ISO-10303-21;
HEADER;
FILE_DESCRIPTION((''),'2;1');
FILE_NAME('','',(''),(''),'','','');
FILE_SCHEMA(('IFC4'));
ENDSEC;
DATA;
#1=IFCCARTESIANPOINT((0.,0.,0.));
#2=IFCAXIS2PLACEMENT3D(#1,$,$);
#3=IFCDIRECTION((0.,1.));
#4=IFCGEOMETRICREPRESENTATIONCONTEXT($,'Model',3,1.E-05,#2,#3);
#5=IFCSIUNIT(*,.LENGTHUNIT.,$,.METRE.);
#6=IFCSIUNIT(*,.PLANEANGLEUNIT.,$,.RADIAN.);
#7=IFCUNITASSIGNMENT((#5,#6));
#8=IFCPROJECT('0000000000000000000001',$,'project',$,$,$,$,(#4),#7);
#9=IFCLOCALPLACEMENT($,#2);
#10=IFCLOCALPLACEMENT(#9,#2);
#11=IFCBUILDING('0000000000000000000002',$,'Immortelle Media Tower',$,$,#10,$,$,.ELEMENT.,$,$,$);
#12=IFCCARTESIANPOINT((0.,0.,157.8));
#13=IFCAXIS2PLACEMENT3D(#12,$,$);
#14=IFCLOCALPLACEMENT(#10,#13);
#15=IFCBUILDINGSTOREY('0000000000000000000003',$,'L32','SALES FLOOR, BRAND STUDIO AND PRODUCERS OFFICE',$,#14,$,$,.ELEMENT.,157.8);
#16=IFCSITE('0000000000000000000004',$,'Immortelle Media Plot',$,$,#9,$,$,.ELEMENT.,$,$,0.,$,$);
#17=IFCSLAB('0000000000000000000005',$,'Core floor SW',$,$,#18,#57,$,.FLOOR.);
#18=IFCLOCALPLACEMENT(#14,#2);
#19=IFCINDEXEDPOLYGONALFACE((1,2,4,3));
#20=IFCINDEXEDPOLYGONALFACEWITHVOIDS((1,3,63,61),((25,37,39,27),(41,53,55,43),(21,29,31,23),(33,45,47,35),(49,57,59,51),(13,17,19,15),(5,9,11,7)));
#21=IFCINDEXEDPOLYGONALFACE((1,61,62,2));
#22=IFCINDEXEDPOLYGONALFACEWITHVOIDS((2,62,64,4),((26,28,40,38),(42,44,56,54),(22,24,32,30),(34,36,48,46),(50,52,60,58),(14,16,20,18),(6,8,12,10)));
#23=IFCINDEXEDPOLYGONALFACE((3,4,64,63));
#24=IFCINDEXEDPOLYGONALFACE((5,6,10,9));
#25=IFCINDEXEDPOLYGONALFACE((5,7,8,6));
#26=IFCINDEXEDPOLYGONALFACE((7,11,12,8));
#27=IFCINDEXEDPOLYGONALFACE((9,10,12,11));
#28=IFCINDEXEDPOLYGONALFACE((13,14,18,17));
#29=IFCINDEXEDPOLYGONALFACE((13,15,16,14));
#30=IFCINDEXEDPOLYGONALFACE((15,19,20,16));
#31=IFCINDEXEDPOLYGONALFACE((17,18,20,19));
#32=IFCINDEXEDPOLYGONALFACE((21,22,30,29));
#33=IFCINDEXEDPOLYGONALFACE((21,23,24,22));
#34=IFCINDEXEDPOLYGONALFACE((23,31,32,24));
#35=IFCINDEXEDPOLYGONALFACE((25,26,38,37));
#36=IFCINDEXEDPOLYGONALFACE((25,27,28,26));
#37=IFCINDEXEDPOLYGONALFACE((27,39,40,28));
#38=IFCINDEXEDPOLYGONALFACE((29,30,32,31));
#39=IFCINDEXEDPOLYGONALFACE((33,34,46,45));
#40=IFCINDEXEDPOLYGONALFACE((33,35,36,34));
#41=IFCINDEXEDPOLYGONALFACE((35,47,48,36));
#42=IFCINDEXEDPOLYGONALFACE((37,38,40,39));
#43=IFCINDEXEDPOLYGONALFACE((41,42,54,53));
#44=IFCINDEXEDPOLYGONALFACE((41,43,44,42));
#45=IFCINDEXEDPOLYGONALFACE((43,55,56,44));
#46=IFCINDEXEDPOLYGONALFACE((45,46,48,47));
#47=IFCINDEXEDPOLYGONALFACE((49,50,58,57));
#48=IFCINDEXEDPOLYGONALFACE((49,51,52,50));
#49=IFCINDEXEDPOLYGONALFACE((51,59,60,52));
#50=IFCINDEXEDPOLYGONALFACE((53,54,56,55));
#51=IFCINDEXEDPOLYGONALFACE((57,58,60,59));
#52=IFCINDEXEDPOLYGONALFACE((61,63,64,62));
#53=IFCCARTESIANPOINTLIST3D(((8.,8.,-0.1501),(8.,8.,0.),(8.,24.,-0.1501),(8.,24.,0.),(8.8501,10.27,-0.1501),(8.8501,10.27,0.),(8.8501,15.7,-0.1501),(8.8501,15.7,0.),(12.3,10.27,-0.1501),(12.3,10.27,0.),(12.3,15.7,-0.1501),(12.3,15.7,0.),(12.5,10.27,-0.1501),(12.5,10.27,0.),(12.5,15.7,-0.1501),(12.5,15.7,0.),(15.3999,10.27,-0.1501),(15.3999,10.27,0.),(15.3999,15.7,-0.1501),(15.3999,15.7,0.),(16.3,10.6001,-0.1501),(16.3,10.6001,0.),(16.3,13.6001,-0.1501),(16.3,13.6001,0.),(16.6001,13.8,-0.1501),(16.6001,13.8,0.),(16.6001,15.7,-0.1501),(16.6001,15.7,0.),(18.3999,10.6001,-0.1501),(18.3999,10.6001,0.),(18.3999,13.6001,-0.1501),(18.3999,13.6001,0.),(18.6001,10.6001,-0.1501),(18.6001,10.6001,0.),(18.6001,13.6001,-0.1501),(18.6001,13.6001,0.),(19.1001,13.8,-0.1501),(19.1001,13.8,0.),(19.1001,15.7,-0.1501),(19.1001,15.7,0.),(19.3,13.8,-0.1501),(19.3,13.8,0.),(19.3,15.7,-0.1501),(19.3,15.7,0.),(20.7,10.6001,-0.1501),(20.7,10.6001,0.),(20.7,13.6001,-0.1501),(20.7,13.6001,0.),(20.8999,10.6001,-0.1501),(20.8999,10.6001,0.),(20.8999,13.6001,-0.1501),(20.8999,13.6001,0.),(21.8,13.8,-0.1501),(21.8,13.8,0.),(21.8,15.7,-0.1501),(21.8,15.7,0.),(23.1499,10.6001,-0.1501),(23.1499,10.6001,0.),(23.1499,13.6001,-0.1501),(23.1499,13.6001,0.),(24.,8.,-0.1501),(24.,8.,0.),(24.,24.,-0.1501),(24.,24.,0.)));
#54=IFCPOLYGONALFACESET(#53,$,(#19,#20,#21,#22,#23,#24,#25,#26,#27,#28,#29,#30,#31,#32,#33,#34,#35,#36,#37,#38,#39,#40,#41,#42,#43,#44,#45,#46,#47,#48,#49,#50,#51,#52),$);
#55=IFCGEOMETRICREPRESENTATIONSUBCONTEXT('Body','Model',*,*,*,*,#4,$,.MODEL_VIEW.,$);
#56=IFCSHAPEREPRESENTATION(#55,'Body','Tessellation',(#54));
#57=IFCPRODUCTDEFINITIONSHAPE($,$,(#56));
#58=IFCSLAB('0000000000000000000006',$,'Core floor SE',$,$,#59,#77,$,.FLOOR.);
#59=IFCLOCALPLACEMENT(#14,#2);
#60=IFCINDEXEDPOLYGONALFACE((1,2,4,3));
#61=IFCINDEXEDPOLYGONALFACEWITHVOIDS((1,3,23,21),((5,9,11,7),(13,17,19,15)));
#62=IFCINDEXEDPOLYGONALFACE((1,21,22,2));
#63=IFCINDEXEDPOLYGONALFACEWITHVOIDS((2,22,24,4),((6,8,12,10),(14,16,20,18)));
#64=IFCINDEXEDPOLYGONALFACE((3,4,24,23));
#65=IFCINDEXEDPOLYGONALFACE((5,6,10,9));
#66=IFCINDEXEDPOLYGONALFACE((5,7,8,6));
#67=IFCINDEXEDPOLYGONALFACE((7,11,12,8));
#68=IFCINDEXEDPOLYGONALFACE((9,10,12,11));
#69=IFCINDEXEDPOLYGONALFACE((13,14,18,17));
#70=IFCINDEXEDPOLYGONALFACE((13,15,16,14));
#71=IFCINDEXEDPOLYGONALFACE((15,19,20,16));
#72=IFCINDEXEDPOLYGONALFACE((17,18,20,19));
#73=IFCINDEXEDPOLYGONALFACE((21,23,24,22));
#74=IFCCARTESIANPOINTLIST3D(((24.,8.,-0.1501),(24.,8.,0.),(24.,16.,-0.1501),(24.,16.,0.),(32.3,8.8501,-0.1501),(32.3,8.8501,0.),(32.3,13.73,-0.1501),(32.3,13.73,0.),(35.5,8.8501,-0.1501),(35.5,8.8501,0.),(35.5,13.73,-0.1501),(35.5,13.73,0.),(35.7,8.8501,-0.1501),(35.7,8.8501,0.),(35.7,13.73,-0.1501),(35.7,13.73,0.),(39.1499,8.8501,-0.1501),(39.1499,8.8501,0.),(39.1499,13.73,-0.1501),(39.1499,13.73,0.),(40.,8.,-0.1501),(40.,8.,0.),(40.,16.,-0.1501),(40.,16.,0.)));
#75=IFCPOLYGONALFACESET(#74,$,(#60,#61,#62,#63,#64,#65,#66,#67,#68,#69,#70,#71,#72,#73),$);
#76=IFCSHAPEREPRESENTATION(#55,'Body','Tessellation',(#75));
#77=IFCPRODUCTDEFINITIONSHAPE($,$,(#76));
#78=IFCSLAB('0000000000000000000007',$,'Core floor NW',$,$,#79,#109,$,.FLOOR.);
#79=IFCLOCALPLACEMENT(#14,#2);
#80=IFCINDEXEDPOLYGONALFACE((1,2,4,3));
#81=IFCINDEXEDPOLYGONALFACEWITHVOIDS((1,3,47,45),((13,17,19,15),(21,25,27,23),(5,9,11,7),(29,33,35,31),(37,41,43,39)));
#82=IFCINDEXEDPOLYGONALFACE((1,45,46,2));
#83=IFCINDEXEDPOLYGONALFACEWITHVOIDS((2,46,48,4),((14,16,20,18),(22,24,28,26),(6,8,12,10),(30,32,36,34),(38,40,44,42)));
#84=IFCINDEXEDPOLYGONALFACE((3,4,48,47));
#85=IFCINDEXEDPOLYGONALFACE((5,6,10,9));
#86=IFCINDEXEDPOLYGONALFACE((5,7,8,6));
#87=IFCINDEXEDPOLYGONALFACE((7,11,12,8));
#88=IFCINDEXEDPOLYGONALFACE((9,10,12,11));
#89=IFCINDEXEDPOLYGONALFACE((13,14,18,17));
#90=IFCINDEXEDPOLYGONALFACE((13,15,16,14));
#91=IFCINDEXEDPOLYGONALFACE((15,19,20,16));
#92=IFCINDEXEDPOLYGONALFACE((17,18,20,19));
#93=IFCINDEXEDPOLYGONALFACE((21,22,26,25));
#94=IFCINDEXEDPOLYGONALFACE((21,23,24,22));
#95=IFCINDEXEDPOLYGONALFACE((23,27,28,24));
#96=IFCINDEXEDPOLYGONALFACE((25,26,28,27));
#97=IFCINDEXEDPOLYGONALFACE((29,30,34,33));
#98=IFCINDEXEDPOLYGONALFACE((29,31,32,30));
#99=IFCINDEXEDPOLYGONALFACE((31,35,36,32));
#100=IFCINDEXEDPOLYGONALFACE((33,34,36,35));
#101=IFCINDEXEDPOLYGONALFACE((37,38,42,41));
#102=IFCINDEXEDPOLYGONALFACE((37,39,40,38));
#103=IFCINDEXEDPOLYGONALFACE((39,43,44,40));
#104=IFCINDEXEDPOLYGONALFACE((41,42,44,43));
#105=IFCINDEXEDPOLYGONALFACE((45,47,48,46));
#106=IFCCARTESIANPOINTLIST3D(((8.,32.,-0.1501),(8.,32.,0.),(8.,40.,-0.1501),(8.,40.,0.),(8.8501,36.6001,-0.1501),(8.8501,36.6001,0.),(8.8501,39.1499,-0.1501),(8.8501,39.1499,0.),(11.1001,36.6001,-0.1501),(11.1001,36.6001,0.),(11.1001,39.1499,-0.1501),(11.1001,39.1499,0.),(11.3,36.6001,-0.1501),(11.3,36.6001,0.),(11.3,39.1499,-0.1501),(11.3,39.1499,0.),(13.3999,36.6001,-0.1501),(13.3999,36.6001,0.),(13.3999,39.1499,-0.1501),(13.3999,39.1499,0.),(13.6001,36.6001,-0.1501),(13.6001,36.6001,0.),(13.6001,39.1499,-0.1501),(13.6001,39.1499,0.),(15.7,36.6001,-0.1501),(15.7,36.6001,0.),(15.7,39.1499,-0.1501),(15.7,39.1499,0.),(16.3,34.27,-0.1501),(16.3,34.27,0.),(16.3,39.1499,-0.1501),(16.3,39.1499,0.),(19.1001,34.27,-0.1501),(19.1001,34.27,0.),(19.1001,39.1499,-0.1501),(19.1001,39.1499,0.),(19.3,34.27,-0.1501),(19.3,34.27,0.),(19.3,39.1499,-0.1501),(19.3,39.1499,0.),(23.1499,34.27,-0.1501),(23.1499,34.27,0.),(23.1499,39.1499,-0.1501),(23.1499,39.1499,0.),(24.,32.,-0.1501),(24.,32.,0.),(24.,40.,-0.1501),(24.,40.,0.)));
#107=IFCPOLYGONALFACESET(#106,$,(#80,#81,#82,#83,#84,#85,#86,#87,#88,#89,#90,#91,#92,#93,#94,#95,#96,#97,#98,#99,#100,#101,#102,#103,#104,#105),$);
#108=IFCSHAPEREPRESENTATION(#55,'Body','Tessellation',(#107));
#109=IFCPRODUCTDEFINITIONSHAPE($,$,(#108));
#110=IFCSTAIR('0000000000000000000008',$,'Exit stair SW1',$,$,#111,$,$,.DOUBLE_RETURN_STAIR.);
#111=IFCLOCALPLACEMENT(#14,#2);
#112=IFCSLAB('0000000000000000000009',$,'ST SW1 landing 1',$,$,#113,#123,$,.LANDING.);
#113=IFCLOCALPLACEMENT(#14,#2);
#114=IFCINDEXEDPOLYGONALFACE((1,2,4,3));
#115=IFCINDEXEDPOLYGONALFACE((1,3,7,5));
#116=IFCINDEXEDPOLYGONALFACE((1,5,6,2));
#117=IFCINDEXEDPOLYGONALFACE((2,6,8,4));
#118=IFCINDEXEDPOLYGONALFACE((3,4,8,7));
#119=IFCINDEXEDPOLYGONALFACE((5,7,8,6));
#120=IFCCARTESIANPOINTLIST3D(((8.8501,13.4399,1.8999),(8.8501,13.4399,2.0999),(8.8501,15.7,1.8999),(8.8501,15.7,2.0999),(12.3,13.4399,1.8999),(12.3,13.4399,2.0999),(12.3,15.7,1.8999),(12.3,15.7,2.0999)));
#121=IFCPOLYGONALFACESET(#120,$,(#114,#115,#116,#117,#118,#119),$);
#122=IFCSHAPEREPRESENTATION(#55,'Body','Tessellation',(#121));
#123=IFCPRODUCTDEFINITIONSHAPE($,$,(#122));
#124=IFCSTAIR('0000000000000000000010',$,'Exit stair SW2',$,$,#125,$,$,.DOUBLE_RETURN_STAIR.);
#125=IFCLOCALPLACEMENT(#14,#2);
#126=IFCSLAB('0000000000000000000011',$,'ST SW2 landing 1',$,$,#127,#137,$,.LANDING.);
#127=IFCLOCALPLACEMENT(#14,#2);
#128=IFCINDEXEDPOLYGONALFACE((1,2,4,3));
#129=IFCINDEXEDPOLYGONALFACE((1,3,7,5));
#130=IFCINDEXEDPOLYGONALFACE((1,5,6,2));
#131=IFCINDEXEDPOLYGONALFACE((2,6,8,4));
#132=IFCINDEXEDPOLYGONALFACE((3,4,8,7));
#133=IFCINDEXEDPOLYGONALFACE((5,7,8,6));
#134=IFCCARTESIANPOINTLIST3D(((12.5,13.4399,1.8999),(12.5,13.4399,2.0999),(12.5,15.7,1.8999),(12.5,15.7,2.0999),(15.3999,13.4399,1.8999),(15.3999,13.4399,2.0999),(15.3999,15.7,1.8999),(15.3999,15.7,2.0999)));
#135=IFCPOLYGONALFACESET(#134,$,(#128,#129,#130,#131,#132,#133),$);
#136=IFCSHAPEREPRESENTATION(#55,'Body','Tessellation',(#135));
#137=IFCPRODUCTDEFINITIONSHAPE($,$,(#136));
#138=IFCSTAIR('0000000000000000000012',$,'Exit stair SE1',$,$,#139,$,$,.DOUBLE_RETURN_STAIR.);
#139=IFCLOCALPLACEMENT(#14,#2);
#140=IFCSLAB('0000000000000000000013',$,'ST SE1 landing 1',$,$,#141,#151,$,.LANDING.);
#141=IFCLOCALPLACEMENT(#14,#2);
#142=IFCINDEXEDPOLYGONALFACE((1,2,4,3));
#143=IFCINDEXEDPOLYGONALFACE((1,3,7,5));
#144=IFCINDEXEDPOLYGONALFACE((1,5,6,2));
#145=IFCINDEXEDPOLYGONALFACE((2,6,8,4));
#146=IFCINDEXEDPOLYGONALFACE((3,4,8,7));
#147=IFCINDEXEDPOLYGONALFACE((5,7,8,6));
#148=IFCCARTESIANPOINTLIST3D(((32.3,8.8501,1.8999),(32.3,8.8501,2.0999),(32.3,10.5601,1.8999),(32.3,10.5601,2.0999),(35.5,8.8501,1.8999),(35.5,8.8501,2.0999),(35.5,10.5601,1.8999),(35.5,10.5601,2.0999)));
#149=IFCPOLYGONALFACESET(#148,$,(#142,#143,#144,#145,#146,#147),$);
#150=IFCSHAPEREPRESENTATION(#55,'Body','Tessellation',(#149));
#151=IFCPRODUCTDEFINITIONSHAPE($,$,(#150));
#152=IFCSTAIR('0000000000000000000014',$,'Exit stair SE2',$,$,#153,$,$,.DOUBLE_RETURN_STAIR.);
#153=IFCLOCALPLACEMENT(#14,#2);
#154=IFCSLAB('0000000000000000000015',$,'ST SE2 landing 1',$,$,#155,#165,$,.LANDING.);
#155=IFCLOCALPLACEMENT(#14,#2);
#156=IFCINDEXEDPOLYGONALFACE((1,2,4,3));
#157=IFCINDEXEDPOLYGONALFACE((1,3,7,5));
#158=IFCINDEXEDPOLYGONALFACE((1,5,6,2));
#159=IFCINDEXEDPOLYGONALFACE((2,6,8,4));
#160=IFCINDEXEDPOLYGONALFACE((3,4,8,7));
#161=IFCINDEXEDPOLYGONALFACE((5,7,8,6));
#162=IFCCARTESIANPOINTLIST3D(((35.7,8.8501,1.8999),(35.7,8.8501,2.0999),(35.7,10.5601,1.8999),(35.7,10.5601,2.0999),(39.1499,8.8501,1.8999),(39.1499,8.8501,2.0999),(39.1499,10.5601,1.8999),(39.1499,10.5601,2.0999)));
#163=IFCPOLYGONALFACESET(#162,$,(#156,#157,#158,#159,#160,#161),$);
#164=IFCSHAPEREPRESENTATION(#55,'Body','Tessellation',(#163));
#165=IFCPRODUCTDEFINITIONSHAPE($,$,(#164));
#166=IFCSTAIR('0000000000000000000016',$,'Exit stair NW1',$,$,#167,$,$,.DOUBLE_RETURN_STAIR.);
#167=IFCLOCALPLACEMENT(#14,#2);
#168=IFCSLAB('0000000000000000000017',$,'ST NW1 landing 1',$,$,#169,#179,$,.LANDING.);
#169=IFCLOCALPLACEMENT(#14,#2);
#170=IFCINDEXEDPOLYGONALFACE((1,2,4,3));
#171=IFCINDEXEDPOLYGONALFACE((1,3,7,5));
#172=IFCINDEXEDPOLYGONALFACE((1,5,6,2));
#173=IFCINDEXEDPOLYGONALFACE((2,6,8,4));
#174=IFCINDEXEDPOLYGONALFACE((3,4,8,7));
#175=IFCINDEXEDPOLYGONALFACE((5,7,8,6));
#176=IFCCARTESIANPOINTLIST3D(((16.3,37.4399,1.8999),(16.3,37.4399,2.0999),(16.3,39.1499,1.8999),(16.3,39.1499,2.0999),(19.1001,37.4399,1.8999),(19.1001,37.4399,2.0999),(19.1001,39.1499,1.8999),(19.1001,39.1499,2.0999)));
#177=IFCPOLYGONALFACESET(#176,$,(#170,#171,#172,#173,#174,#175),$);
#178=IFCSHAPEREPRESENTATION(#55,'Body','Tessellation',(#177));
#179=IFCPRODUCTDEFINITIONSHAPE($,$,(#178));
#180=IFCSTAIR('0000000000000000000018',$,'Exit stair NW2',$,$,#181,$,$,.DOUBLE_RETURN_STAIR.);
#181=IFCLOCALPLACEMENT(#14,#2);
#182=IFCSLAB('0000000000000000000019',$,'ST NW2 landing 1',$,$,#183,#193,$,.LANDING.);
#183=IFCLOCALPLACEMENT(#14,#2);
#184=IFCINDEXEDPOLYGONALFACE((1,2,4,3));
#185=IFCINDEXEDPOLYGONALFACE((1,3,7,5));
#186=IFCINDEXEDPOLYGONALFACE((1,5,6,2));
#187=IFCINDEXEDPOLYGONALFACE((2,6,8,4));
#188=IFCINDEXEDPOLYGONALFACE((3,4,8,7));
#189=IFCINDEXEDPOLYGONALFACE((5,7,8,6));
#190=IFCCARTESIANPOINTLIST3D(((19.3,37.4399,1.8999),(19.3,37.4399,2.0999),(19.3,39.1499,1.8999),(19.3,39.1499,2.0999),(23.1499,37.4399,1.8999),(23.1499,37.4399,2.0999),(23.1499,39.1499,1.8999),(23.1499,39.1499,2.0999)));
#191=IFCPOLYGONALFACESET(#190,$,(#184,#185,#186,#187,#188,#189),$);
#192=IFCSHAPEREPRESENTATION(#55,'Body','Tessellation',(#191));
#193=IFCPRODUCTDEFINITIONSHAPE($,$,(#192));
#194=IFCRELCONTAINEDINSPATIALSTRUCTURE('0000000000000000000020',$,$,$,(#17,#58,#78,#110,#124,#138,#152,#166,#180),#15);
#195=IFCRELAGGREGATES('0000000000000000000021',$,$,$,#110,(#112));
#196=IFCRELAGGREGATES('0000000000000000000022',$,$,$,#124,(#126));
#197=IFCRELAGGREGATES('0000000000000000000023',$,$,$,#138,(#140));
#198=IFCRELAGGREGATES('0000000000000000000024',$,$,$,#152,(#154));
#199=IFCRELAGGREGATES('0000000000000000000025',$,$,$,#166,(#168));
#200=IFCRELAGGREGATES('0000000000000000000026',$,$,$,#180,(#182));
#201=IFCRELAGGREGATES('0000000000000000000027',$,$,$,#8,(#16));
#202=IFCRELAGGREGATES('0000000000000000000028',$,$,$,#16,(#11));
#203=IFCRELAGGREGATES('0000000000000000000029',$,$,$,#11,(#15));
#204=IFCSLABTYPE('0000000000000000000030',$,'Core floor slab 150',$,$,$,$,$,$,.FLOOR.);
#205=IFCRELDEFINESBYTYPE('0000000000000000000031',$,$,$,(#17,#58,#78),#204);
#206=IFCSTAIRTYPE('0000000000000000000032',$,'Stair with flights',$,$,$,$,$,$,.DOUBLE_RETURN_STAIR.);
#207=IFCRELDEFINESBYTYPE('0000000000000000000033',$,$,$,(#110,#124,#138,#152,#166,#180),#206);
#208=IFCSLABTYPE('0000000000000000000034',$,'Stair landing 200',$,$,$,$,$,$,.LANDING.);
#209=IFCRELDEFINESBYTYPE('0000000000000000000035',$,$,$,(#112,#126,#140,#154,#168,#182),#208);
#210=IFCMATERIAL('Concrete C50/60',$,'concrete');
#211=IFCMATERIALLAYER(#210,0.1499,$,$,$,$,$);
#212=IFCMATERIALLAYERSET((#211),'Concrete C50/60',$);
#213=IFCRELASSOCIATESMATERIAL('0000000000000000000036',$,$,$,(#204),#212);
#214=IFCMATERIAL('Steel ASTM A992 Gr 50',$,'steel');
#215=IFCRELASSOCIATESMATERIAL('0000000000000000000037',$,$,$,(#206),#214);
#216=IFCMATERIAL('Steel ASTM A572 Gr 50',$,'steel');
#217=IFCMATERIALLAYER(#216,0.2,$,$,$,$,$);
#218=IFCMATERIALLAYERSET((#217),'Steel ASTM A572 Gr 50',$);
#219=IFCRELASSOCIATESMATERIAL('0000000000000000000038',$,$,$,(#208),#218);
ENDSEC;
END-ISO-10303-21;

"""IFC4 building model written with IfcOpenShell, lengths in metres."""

from ifc_helpers import new_model, si_unit, direction, frame, origin, place, context, subcontext, project, spatial, polyline, outline, extrude, material, layer, layer_set, type_object, element, aggregate, save


model = new_model("IFC4")

# Units and contexts
model_context = context("Model", 3, precision=1e-05, world=origin(), true_north=direction((0.0, 1.0)))
body_context = subcontext(model_context, "Body", "Model", "MODEL_VIEW")
ifc_project = project(units=[si_unit("LENGTHUNIT", "METRE"), si_unit("PLANEANGLEUNIT", "RADIAN")], contexts=[model_context])

# Site, building, storey
site_placement = place(None, origin())
site = spatial("IfcSite", under=ifc_project, at=site_placement, Name="Immortelle Media Plot", CompositionType="ELEMENT", RefElevation=0.0)
building_placement = place(site_placement, origin())
building = spatial("IfcBuilding", under=site, at=building_placement, Name="Immortelle Media Tower", CompositionType="ELEMENT")
storey_placement = place(building_placement, frame((0.0, 0.0, 157.8)))
storey = spatial("IfcBuildingStorey", under=building, at=storey_placement, Name="L32", Description="SALES FLOOR, BRAND STUDIO AND PRODUCERS OFFICE", CompositionType="ELEMENT", Elevation=157.8)

# Slabs
ifc_material_1 = material(Name="Concrete C50/60", Category="concrete")
ifc_layer_1 = layer(ifc_material_1, 0.1499)
ifc_layer_set_1 = layer_set([ifc_layer_1], Name="Concrete C50/60")
slab_type_1 = type_object("IfcSlabType", Name="Core floor slab 150", PredefinedType="FLOOR", material=ifc_layer_set_1)
slab_1_placement = place(storey_placement, frame((0.0, 0.0, -0.1501)))
element("IfcSlab", 1, at=slab_1_placement, inside=storey, type_object=slab_type_1, Name="Core floor SW", PredefinedType="FLOOR", context=body_context, shape_type="SweptSolid", body=[
    extrude(outline(polyline([(8.0, 8.0), (24.0, 8.0), (24.0, 24.0), (8.0, 24.0), (8.0, 8.0)]), holes=[polyline([(16.6001, 13.8), (19.1001, 13.8), (19.1001, 15.7), (16.6001, 15.7), (16.6001, 13.8)]), polyline([(19.3, 13.8), (21.8, 13.8), (21.8, 15.7), (19.3, 15.7), (19.3, 13.8)]), polyline([(16.3, 10.6001), (18.3999, 10.6001), (18.3999, 13.6001), (16.3, 13.6001), (16.3, 10.6001)]), polyline([(18.6001, 10.6001), (20.7, 10.6001), (20.7, 13.6001), (18.6001, 13.6001), (18.6001, 10.6001)]), polyline([(20.8999, 10.6001), (23.1499, 10.6001), (23.1499, 13.6001), (20.8999, 13.6001), (20.8999, 10.6001)]), polyline([(8.8501, 10.27), (12.3, 10.27), (12.3, 15.7), (8.8501, 15.7), (8.8501, 10.27)]), polyline([(12.5, 10.27), (15.3999, 10.27), (15.3999, 15.7), (12.5, 15.7), (12.5, 10.27)])]), origin(), (0.0, 0.0, 1.0), 0.1501),
])
slab_2_placement = place(storey_placement, frame((0.0, 0.0, -0.1501)))
element("IfcSlab", 2, at=slab_2_placement, inside=storey, type_object=slab_type_1, Name="Core floor SE", PredefinedType="FLOOR", context=body_context, shape_type="SweptSolid", body=[
    extrude(outline(polyline([(24.0, 8.0), (40.0, 8.0), (40.0, 16.0), (24.0, 16.0), (24.0, 8.0)]), holes=[polyline([(32.3, 8.8501), (35.5, 8.8501), (35.5, 13.73), (32.3, 13.73), (32.3, 8.8501)]), polyline([(35.7, 8.8501), (39.1499, 8.8501), (39.1499, 13.73), (35.7, 13.73), (35.7, 8.8501)])]), origin(), (0.0, 0.0, 1.0), 0.1501),
])
slab_3_placement = place(storey_placement, frame((0.0, 0.0, -0.1501)))
element("IfcSlab", 3, at=slab_3_placement, inside=storey, type_object=slab_type_1, Name="Core floor NW", PredefinedType="FLOOR", context=body_context, shape_type="SweptSolid", body=[
    extrude(outline(polyline([(8.0, 32.0), (24.0, 32.0), (24.0, 40.0), (8.0, 40.0), (8.0, 32.0)]), holes=[polyline([(8.8501, 36.6001), (11.1001, 36.6001), (11.1001, 39.1499), (8.8501, 39.1499), (8.8501, 36.6001)]), polyline([(11.3, 36.6001), (13.3999, 36.6001), (13.3999, 39.1499), (11.3, 39.1499), (11.3, 36.6001)]), polyline([(13.6001, 36.6001), (15.7, 36.6001), (15.7, 39.1499), (13.6001, 39.1499), (13.6001, 36.6001)]), polyline([(16.3, 34.27), (19.1001, 34.27), (19.1001, 39.1499), (16.3, 39.1499), (16.3, 34.27)]), polyline([(19.3, 34.27), (23.1499, 34.27), (23.1499, 39.1499), (19.3, 39.1499), (19.3, 34.27)])]), origin(), (0.0, 0.0, 1.0), 0.1501),
])

# Stairs, slabs
ifc_material_2 = material(Name="Steel ASTM A992 Gr 50", Category="steel")
stair_type = type_object("IfcStairType", Name="Stair with flights", PredefinedType="DOUBLE_RETURN_STAIR", material=ifc_material_2)
stair_1_placement = place(storey_placement, origin())
stair_1 = element("IfcStair", 4, at=stair_1_placement, inside=storey, type_object=stair_type, Name="Exit stair SW1", PredefinedType="DOUBLE_RETURN_STAIR")
ifc_material_3 = material(Name="Steel ASTM A572 Gr 50", Category="steel")
ifc_layer_2 = layer(ifc_material_3, 0.2)
ifc_layer_set_2 = layer_set([ifc_layer_2], Name="Steel ASTM A572 Gr 50")
slab_type_2 = type_object("IfcSlabType", Name="Stair landing 200", PredefinedType="LANDING", material=ifc_layer_set_2)
slab_4_placement = place(storey_placement, frame((0.0, 0.0, 1.8999)))
slab_4 = element("IfcSlab", 5, at=slab_4_placement, type_object=slab_type_2, Name="ST SW1 landing 1", PredefinedType="LANDING", context=body_context, shape_type="SweptSolid", body=[
    extrude(outline(polyline([(8.8501, 13.4399), (12.3, 13.4399), (12.3, 15.7), (8.8501, 15.7), (8.8501, 13.4399)])), origin(), (0.0, 0.0, 1.0), 0.2),
])
aggregate(stair_1, [slab_4])
stair_2_placement = place(storey_placement, origin())
stair_2 = element("IfcStair", 6, at=stair_2_placement, inside=storey, type_object=stair_type, Name="Exit stair SW2", PredefinedType="DOUBLE_RETURN_STAIR")
slab_5_placement = place(storey_placement, frame((0.0, 0.0, 1.8999)))
slab_5 = element("IfcSlab", 7, at=slab_5_placement, type_object=slab_type_2, Name="ST SW2 landing 1", PredefinedType="LANDING", context=body_context, shape_type="SweptSolid", body=[
    extrude(outline(polyline([(12.5, 13.4399), (15.3999, 13.4399), (15.3999, 15.7), (12.5, 15.7), (12.5, 13.4399)])), origin(), (0.0, 0.0, 1.0), 0.2),
])
aggregate(stair_2, [slab_5])
stair_3_placement = place(storey_placement, origin())
stair_3 = element("IfcStair", 8, at=stair_3_placement, inside=storey, type_object=stair_type, Name="Exit stair SE1", PredefinedType="DOUBLE_RETURN_STAIR")
slab_6_placement = place(storey_placement, frame((0.0, 0.0, 1.8999)))
slab_6 = element("IfcSlab", 9, at=slab_6_placement, type_object=slab_type_2, Name="ST SE1 landing 1", PredefinedType="LANDING", context=body_context, shape_type="SweptSolid", body=[
    extrude(outline(polyline([(32.3, 8.8501), (35.5, 8.8501), (35.5, 10.5601), (32.3, 10.5601), (32.3, 8.8501)])), origin(), (0.0, 0.0, 1.0), 0.2),
])
aggregate(stair_3, [slab_6])
stair_4_placement = place(storey_placement, origin())
stair_4 = element("IfcStair", 10, at=stair_4_placement, inside=storey, type_object=stair_type, Name="Exit stair SE2", PredefinedType="DOUBLE_RETURN_STAIR")
slab_7_placement = place(storey_placement, frame((0.0, 0.0, 1.8999)))
slab_7 = element("IfcSlab", 11, at=slab_7_placement, type_object=slab_type_2, Name="ST SE2 landing 1", PredefinedType="LANDING", context=body_context, shape_type="SweptSolid", body=[
    extrude(outline(polyline([(35.7, 8.8501), (39.1499, 8.8501), (39.1499, 10.5601), (35.7, 10.5601), (35.7, 8.8501)])), origin(), (0.0, 0.0, 1.0), 0.2),
])
aggregate(stair_4, [slab_7])
stair_5_placement = place(storey_placement, origin())
stair_5 = element("IfcStair", 12, at=stair_5_placement, inside=storey, type_object=stair_type, Name="Exit stair NW1", PredefinedType="DOUBLE_RETURN_STAIR")
slab_8_placement = place(storey_placement, frame((0.0, 0.0, 1.8999)))
slab_8 = element("IfcSlab", 13, at=slab_8_placement, type_object=slab_type_2, Name="ST NW1 landing 1", PredefinedType="LANDING", context=body_context, shape_type="SweptSolid", body=[
    extrude(outline(polyline([(16.3, 37.4399), (19.1001, 37.4399), (19.1001, 39.1499), (16.3, 39.1499), (16.3, 37.4399)])), origin(), (0.0, 0.0, 1.0), 0.2),
])
aggregate(stair_5, [slab_8])
stair_6_placement = place(storey_placement, origin())
stair_6 = element("IfcStair", 14, at=stair_6_placement, inside=storey, type_object=stair_type, Name="Exit stair NW2", PredefinedType="DOUBLE_RETURN_STAIR")
slab_9_placement = place(storey_placement, frame((0.0, 0.0, 1.8999)))
slab_9 = element("IfcSlab", 15, at=slab_9_placement, type_object=slab_type_2, Name="ST NW2 landing 1", PredefinedType="LANDING", context=body_context, shape_type="SweptSolid", body=[
    extrude(outline(polyline([(19.3, 37.4399), (23.1499, 37.4399), (23.1499, 39.1499), (19.3, 39.1499), (19.3, 37.4399)])), origin(), (0.0, 0.0, 1.0), 0.2),
])
aggregate(stair_6, [slab_9])

save(model, "model.ifc")
